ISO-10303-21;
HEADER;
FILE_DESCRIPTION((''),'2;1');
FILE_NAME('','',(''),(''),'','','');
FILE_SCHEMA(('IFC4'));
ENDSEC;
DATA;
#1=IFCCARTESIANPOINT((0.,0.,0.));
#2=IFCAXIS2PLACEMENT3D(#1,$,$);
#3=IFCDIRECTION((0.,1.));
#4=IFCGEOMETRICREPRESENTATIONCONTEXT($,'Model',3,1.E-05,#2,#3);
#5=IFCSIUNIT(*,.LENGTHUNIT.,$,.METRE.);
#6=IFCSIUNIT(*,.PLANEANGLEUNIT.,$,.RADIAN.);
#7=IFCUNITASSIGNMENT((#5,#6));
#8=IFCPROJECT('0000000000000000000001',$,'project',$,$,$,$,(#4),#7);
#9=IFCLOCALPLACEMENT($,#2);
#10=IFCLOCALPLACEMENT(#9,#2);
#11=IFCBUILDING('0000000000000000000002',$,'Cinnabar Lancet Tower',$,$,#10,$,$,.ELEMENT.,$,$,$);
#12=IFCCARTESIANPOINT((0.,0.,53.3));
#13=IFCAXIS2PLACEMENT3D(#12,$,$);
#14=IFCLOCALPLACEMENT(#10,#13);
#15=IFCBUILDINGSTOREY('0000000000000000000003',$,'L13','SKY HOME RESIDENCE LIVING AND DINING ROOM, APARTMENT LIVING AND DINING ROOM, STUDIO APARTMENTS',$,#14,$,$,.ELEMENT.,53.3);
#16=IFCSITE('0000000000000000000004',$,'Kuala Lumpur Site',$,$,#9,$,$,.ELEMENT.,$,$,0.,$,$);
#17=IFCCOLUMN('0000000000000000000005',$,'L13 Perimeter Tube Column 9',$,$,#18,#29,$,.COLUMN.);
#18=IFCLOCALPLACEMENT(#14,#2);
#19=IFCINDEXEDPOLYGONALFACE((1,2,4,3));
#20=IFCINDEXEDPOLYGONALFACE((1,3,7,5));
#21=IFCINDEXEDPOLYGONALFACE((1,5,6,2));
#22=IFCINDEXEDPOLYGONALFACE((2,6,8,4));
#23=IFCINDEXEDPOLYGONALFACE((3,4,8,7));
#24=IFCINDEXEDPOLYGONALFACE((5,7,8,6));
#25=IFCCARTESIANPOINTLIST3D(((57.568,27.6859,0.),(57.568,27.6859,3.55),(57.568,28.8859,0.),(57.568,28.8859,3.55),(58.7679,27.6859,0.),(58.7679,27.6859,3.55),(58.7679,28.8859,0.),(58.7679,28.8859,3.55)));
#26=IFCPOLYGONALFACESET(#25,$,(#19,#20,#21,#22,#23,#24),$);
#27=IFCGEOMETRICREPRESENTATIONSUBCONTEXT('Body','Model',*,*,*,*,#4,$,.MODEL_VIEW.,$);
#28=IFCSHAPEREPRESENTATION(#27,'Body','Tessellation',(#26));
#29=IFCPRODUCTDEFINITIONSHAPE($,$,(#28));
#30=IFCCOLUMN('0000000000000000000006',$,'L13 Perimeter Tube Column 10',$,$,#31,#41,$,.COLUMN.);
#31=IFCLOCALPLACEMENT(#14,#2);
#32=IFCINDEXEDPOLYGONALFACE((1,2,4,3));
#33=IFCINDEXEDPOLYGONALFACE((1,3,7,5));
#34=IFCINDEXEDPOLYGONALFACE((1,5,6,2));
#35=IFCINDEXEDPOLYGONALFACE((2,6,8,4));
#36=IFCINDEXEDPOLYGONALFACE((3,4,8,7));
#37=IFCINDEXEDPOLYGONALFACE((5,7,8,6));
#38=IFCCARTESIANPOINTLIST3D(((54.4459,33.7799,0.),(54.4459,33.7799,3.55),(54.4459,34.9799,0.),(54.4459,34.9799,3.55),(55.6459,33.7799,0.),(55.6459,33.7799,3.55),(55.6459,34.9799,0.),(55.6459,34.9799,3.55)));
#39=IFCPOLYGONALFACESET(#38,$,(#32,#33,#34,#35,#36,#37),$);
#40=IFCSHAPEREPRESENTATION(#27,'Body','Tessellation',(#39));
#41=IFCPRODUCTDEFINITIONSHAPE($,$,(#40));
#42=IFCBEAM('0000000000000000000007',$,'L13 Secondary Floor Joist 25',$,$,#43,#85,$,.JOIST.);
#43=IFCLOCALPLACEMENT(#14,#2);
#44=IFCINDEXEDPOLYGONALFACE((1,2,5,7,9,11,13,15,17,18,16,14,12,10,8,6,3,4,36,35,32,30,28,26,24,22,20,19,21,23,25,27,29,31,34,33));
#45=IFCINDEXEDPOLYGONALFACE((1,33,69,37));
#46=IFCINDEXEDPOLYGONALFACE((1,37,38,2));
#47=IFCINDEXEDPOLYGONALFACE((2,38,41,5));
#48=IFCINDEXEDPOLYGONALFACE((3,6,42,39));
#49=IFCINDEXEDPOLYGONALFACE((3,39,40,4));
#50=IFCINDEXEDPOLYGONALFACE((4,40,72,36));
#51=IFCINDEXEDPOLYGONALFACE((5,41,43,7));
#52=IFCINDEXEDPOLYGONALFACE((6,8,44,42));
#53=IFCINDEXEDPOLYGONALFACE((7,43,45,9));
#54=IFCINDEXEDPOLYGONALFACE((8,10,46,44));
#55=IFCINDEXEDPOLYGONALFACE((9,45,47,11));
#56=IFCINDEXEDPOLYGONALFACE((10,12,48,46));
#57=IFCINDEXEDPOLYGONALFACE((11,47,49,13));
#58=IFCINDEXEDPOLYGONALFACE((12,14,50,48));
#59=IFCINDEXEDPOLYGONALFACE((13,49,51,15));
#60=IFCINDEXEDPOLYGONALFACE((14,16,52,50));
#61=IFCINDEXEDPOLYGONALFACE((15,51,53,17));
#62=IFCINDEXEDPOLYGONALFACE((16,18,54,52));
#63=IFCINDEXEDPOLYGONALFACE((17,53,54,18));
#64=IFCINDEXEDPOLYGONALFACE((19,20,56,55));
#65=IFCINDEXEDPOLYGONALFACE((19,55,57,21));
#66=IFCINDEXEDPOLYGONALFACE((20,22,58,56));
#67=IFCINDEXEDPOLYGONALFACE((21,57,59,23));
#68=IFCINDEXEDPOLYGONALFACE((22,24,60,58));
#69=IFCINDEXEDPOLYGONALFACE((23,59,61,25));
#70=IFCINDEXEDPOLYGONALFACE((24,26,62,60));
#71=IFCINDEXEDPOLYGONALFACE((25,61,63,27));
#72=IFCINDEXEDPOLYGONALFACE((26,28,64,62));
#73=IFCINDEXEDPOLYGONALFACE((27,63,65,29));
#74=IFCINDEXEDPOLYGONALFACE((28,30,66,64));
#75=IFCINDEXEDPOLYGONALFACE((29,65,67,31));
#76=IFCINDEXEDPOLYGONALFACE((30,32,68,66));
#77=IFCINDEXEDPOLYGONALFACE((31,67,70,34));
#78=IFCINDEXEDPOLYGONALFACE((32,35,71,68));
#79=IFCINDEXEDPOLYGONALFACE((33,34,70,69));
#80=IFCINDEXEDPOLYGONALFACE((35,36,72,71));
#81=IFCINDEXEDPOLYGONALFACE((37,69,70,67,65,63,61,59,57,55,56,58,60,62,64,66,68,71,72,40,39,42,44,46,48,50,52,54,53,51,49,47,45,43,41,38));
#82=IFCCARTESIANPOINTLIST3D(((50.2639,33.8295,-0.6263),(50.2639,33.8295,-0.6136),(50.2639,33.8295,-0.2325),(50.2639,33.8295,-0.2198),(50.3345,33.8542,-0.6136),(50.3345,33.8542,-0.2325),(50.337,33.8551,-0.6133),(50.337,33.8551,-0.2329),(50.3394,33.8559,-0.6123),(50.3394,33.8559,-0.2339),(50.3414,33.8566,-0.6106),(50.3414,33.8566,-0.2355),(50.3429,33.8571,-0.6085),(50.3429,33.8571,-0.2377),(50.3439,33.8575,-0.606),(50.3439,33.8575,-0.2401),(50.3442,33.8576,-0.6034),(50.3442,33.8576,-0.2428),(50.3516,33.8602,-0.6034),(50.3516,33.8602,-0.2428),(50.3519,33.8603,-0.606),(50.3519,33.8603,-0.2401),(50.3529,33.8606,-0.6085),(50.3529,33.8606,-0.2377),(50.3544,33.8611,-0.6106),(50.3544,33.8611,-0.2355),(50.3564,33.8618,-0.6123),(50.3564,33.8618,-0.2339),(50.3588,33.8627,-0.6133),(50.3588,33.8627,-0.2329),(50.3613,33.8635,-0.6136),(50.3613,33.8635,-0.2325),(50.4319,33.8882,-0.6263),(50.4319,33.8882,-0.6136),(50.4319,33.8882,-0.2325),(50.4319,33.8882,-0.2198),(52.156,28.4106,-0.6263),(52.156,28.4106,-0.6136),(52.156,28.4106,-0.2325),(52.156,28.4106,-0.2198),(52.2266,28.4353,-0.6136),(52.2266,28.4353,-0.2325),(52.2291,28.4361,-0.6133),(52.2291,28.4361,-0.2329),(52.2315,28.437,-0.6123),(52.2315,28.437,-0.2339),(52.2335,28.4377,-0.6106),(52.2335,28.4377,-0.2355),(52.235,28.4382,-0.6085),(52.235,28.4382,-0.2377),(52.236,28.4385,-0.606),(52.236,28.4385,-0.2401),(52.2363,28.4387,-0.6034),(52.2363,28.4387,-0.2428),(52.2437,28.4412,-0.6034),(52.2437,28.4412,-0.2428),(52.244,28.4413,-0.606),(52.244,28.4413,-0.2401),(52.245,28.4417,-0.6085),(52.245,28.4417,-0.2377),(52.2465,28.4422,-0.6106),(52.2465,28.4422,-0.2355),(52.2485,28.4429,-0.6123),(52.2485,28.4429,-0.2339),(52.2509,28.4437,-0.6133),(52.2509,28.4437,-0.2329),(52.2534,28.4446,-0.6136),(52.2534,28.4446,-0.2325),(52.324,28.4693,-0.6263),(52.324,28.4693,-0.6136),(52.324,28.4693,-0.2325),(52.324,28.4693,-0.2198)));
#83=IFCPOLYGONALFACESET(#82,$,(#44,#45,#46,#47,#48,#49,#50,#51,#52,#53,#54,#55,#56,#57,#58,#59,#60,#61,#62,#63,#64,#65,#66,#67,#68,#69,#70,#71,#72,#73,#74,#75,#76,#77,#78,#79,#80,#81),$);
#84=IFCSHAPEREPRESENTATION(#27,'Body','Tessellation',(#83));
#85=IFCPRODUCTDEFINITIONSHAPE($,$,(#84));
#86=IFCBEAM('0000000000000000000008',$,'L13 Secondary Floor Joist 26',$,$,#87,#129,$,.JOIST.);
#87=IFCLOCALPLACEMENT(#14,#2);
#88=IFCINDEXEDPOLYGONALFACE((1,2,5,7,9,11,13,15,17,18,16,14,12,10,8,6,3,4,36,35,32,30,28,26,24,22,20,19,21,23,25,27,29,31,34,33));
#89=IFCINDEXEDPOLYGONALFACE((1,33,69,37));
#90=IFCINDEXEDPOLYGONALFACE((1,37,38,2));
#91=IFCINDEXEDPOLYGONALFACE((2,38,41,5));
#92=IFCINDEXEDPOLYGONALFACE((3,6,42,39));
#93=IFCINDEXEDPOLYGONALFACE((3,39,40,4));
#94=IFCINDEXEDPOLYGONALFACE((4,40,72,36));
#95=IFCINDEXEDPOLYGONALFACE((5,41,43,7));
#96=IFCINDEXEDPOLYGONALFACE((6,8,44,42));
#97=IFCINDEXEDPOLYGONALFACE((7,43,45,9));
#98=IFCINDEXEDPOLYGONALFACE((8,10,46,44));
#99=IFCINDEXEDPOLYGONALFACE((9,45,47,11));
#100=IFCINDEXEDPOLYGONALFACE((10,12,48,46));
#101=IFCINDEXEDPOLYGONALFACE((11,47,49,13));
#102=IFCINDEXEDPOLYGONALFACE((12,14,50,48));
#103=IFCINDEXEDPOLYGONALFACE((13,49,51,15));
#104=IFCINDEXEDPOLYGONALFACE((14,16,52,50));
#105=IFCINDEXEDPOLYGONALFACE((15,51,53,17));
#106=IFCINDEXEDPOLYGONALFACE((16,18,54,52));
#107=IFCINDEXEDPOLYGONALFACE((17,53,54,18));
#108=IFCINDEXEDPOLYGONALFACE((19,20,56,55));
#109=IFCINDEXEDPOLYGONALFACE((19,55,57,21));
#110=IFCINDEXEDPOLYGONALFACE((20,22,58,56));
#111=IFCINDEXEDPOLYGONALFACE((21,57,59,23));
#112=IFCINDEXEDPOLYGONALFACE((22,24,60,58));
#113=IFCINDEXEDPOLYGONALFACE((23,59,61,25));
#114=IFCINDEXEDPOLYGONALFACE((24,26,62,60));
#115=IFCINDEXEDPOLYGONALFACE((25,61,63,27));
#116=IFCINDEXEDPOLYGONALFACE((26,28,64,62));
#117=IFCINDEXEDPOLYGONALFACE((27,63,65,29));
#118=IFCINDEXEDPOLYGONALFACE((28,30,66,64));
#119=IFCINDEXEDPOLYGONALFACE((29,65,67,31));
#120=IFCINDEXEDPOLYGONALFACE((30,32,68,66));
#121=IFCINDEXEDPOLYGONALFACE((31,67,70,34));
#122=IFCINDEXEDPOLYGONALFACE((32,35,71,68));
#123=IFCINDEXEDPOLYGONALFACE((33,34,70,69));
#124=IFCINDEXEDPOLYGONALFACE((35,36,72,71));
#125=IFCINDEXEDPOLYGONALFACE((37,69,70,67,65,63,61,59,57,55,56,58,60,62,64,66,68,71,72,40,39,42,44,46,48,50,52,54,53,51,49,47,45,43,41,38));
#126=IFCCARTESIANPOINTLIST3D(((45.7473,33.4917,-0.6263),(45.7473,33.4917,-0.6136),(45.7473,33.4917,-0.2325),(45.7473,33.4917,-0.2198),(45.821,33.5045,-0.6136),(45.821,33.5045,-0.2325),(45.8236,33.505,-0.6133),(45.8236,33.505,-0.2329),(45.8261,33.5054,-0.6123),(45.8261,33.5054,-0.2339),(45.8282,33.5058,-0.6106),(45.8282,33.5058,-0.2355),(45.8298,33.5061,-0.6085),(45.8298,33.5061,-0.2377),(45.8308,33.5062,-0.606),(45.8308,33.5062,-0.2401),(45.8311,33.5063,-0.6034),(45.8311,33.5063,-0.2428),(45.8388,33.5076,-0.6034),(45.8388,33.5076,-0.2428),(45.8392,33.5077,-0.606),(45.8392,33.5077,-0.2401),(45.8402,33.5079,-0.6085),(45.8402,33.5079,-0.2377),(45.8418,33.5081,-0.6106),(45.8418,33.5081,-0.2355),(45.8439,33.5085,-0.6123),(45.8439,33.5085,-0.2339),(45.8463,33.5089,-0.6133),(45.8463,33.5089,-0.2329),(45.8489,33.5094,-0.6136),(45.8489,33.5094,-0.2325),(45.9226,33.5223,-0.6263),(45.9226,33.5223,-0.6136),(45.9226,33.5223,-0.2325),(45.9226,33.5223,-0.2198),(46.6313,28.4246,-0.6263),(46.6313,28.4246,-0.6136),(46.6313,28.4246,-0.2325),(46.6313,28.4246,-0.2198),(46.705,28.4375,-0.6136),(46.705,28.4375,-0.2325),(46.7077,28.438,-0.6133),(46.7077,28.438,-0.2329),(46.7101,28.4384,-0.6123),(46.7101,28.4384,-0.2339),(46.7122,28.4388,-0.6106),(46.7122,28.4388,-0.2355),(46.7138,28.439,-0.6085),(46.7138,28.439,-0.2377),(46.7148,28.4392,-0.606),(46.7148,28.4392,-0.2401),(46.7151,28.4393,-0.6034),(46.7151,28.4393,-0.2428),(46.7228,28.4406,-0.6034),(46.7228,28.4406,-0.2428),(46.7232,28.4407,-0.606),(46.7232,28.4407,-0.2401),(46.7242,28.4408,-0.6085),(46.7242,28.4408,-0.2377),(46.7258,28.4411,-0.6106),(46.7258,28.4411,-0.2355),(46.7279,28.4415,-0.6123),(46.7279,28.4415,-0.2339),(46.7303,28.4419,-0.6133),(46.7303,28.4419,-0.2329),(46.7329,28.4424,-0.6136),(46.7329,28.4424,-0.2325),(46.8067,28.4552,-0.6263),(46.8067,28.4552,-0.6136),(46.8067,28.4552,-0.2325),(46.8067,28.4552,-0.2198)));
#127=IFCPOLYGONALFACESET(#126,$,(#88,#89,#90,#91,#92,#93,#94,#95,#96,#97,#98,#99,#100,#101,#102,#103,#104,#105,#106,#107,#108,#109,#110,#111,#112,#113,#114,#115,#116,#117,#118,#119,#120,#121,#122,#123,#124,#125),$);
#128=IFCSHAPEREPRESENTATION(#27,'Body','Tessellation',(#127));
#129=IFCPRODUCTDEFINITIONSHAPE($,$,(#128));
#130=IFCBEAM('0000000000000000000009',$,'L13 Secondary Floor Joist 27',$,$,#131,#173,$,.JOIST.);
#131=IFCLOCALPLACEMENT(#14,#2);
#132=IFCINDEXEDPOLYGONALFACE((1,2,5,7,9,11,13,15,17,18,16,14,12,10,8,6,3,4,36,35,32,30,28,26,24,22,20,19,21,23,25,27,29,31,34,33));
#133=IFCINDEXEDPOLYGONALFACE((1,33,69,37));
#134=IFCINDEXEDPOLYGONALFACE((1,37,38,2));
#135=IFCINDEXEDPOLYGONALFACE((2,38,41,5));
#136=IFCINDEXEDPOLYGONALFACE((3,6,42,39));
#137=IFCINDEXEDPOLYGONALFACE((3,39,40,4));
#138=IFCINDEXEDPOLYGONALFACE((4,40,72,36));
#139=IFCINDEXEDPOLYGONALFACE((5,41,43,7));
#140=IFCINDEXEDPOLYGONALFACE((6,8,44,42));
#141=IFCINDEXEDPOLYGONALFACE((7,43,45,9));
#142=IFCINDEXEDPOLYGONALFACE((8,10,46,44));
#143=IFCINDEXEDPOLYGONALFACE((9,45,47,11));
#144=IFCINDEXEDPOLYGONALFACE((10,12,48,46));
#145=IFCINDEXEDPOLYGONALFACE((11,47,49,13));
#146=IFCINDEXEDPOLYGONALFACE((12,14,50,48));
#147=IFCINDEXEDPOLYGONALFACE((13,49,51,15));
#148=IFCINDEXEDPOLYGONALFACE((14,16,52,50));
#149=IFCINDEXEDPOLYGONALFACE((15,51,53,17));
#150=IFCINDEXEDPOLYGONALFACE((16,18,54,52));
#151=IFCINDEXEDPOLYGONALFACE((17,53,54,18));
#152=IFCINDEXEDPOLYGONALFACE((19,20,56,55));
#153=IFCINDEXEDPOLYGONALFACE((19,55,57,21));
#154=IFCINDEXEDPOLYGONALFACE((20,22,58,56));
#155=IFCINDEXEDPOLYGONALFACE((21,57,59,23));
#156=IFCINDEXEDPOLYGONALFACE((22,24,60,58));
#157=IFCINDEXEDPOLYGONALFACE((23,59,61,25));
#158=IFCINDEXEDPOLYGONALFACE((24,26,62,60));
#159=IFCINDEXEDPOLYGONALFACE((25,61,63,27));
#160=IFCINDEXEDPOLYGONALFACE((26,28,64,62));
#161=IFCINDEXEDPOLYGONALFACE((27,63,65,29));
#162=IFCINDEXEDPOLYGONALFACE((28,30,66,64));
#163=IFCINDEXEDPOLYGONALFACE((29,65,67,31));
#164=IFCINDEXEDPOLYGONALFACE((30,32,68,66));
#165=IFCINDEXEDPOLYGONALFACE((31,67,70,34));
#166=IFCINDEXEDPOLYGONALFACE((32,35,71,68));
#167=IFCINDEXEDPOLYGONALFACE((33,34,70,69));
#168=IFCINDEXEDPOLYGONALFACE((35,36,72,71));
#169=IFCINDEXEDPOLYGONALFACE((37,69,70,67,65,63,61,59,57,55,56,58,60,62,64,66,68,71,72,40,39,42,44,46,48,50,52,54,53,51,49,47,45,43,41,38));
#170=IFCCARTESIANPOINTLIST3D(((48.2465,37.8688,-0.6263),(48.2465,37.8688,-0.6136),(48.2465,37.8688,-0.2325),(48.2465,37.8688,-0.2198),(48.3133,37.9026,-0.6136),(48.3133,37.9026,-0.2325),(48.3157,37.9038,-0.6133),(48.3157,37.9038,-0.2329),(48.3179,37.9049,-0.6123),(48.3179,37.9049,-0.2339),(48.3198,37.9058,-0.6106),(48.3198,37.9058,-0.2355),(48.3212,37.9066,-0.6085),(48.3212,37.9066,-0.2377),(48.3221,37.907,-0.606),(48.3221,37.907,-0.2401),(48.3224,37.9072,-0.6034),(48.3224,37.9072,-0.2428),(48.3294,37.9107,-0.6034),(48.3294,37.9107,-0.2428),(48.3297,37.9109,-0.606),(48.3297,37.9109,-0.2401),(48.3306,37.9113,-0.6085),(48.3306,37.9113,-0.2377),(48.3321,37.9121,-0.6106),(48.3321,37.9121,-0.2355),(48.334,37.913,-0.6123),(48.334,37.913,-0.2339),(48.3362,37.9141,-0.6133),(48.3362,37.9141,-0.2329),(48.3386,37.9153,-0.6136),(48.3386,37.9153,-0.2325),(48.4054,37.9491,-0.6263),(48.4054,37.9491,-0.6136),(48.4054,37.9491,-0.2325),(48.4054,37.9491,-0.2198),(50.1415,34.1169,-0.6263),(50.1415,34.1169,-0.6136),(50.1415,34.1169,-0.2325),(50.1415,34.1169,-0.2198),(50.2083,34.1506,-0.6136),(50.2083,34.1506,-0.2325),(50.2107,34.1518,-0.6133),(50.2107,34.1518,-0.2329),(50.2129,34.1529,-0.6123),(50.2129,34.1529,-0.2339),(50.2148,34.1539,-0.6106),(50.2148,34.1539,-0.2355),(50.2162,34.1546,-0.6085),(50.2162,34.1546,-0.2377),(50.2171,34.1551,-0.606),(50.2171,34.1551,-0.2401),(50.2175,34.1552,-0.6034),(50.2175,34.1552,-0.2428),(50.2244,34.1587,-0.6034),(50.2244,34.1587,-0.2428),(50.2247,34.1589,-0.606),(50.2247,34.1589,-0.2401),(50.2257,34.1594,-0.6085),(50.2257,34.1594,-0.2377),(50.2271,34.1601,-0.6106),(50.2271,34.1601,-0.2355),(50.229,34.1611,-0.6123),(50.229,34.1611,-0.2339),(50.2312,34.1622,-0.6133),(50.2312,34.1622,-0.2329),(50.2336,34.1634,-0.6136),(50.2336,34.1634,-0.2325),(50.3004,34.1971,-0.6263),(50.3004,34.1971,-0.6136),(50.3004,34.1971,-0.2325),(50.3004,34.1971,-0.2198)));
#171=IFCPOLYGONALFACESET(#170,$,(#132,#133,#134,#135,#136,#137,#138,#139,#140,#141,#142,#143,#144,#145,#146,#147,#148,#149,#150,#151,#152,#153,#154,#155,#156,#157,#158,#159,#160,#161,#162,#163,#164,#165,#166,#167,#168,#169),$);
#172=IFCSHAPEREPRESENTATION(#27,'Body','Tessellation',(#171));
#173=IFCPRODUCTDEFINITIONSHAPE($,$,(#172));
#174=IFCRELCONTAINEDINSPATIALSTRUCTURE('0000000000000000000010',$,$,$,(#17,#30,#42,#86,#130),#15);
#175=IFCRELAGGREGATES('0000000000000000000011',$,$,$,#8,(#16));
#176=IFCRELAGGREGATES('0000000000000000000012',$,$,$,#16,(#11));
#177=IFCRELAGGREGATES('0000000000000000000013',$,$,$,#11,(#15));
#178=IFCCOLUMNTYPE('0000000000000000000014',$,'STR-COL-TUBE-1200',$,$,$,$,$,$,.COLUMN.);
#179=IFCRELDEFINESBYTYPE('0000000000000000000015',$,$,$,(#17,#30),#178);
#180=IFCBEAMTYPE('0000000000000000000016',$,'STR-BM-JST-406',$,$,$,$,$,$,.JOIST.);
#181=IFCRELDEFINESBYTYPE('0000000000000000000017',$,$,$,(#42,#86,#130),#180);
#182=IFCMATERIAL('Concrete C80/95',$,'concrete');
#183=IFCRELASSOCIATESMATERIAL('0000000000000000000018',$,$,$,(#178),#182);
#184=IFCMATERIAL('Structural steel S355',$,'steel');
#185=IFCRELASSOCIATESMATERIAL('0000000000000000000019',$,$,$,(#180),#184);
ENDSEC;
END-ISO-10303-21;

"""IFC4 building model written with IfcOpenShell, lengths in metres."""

from ifc_helpers import new_model, si_unit, direction, frame, origin, origin_2d, place, context, subcontext, project, spatial, rectangle, i_section, extrude, material, material_profile, profile_set, type_object, element, save


model = new_model("IFC4")

# Units and contexts
model_context = context("Model", 3, precision=1e-05, world=origin(), true_north=direction((0.0, 1.0)))
body_context = subcontext(model_context, "Body", "Model", "MODEL_VIEW")
ifc_project = project(units=[si_unit("LENGTHUNIT", "METRE"), si_unit("PLANEANGLEUNIT", "RADIAN")], contexts=[model_context])

# Site, building, storey
site_placement = place(None, origin())
site = spatial("IfcSite", under=ifc_project, at=site_placement, Name="Kuala Lumpur Site", CompositionType="ELEMENT", RefElevation=0.0)
building_placement = place(site_placement, origin())
building = spatial("IfcBuilding", under=site, at=building_placement, Name="Cinnabar Lancet Tower", CompositionType="ELEMENT")
storey_placement = place(building_placement, frame((0.0, 0.0, 53.3)))
storey = spatial("IfcBuildingStorey", under=building, at=storey_placement, Name="L13", Description="SKY HOME RESIDENCE LIVING AND DINING ROOM, APARTMENT LIVING AND DINING ROOM, STUDIO APARTMENTS", CompositionType="ELEMENT", Elevation=53.3)

# Columns
ifc_material_1 = material(Name="Concrete C80/95", Category="concrete")
ifc_material_profile_1 = material_profile(ifc_material_1, rectangle(XDim=1.2, YDim=1.2, at=origin_2d()), Name="RC-COL 1200x1200")
ifc_profile_set_1 = profile_set([ifc_material_profile_1], Name="Concrete C80/95")
column_type = type_object("IfcColumnType", Name="STR-COL-TUBE-1200", PredefinedType="COLUMN", material=ifc_profile_set_1)
for number, where, z_axis, x_axis, name in (
    (1, (58.168, 28.2859, 0.0), (0.0, 0.0, 1.0), (1.0, 0.0, 0.0), "L13 Perimeter Tube Column 9"),
    (2, (55.0459, 34.3799, 0.0), (0.0, 0.0, 1.0), (1.0, 0.0, 0.0), "L13 Perimeter Tube Column 10"),
):
    element("IfcColumn", number, at=place(storey_placement, frame(where, z_axis=z_axis, x_axis=x_axis)), inside=storey, type_object=column_type, Name=name, PredefinedType="COLUMN", context=body_context, shape_type="SweptSolid", body=[
        extrude(rectangle(XDim=1.2, YDim=1.2, at=origin_2d()), origin(), (0.0, 0.0, 1.0), 3.55),
    ])

# Beams
ifc_material_2 = material(Name="Structural steel S355", Category="steel")
ifc_material_profile_2 = material_profile(ifc_material_2, i_section(OverallWidth=0.178, OverallDepth=0.4065, WebThickness=0.0078, FlangeThickness=0.0127, FilletRadius=0.0103, at=origin_2d()), Name="UKB 406x178x60")
ifc_profile_set_2 = profile_set([ifc_material_profile_2], Name="Structural steel S355")
beam_type_1 = type_object("IfcBeamType", Name="STR-BM-JST-406", PredefinedType="JOIST", material=ifc_profile_set_2)
beam_1_placement = place(storey_placement, frame((52.24, 28.4399, -0.4231), z_axis=(-0.329646, 0.944105, 0.0), x_axis=(-0.944105, -0.329646, 0.0)))
element("IfcBeam", 3, at=beam_1_placement, inside=storey, type_object=beam_type_1, Name="L13 Secondary Floor Joist 25", PredefinedType="JOIST", context=body_context, shape_type="SweptSolid", body=[
    extrude(i_section(OverallWidth=0.178, OverallDepth=0.4065, WebThickness=0.0078, FlangeThickness=0.0127, FilletRadius=0.0103, at=origin_2d()), origin(), (0.0, 0.0, 1.0), 5.7397),
])
beam_2_placement = place(storey_placement, frame((46.719, 28.4399, -0.4231), z_axis=(-0.171868, 0.98512, 0.0), x_axis=(-0.98512, -0.171868, 0.0)))
element("IfcBeam", 4, at=beam_2_placement, inside=storey, type_object=beam_type_1, Name="L13 Secondary Floor Joist 26", PredefinedType="JOIST", context=body_context, shape_type="SweptSolid", body=[
    extrude(i_section(OverallWidth=0.178, OverallDepth=0.4065, WebThickness=0.0078, FlangeThickness=0.0127, FilletRadius=0.0103, at=origin_2d()), origin(), (0.0, 0.0, 1.0), 5.1436),
])
beam_3_placement = place(storey_placement, frame((50.2209, 34.157, -0.4231), z_axis=(-0.450834, 0.892608, 0.0), x_axis=(-0.892608, -0.450834, 0.0)))
element("IfcBeam", 5, at=beam_3_placement, inside=storey, type_object=beam_type_1, Name="L13 Secondary Floor Joist 27", PredefinedType="JOIST", context=body_context, shape_type="SweptSolid", body=[
    extrude(i_section(OverallWidth=0.178, OverallDepth=0.4065, WebThickness=0.0078, FlangeThickness=0.0127, FilletRadius=0.0103, at=origin_2d()), origin(), (0.0, 0.0, 1.0), 4.2034),
])

save(model, "model.ifc")
